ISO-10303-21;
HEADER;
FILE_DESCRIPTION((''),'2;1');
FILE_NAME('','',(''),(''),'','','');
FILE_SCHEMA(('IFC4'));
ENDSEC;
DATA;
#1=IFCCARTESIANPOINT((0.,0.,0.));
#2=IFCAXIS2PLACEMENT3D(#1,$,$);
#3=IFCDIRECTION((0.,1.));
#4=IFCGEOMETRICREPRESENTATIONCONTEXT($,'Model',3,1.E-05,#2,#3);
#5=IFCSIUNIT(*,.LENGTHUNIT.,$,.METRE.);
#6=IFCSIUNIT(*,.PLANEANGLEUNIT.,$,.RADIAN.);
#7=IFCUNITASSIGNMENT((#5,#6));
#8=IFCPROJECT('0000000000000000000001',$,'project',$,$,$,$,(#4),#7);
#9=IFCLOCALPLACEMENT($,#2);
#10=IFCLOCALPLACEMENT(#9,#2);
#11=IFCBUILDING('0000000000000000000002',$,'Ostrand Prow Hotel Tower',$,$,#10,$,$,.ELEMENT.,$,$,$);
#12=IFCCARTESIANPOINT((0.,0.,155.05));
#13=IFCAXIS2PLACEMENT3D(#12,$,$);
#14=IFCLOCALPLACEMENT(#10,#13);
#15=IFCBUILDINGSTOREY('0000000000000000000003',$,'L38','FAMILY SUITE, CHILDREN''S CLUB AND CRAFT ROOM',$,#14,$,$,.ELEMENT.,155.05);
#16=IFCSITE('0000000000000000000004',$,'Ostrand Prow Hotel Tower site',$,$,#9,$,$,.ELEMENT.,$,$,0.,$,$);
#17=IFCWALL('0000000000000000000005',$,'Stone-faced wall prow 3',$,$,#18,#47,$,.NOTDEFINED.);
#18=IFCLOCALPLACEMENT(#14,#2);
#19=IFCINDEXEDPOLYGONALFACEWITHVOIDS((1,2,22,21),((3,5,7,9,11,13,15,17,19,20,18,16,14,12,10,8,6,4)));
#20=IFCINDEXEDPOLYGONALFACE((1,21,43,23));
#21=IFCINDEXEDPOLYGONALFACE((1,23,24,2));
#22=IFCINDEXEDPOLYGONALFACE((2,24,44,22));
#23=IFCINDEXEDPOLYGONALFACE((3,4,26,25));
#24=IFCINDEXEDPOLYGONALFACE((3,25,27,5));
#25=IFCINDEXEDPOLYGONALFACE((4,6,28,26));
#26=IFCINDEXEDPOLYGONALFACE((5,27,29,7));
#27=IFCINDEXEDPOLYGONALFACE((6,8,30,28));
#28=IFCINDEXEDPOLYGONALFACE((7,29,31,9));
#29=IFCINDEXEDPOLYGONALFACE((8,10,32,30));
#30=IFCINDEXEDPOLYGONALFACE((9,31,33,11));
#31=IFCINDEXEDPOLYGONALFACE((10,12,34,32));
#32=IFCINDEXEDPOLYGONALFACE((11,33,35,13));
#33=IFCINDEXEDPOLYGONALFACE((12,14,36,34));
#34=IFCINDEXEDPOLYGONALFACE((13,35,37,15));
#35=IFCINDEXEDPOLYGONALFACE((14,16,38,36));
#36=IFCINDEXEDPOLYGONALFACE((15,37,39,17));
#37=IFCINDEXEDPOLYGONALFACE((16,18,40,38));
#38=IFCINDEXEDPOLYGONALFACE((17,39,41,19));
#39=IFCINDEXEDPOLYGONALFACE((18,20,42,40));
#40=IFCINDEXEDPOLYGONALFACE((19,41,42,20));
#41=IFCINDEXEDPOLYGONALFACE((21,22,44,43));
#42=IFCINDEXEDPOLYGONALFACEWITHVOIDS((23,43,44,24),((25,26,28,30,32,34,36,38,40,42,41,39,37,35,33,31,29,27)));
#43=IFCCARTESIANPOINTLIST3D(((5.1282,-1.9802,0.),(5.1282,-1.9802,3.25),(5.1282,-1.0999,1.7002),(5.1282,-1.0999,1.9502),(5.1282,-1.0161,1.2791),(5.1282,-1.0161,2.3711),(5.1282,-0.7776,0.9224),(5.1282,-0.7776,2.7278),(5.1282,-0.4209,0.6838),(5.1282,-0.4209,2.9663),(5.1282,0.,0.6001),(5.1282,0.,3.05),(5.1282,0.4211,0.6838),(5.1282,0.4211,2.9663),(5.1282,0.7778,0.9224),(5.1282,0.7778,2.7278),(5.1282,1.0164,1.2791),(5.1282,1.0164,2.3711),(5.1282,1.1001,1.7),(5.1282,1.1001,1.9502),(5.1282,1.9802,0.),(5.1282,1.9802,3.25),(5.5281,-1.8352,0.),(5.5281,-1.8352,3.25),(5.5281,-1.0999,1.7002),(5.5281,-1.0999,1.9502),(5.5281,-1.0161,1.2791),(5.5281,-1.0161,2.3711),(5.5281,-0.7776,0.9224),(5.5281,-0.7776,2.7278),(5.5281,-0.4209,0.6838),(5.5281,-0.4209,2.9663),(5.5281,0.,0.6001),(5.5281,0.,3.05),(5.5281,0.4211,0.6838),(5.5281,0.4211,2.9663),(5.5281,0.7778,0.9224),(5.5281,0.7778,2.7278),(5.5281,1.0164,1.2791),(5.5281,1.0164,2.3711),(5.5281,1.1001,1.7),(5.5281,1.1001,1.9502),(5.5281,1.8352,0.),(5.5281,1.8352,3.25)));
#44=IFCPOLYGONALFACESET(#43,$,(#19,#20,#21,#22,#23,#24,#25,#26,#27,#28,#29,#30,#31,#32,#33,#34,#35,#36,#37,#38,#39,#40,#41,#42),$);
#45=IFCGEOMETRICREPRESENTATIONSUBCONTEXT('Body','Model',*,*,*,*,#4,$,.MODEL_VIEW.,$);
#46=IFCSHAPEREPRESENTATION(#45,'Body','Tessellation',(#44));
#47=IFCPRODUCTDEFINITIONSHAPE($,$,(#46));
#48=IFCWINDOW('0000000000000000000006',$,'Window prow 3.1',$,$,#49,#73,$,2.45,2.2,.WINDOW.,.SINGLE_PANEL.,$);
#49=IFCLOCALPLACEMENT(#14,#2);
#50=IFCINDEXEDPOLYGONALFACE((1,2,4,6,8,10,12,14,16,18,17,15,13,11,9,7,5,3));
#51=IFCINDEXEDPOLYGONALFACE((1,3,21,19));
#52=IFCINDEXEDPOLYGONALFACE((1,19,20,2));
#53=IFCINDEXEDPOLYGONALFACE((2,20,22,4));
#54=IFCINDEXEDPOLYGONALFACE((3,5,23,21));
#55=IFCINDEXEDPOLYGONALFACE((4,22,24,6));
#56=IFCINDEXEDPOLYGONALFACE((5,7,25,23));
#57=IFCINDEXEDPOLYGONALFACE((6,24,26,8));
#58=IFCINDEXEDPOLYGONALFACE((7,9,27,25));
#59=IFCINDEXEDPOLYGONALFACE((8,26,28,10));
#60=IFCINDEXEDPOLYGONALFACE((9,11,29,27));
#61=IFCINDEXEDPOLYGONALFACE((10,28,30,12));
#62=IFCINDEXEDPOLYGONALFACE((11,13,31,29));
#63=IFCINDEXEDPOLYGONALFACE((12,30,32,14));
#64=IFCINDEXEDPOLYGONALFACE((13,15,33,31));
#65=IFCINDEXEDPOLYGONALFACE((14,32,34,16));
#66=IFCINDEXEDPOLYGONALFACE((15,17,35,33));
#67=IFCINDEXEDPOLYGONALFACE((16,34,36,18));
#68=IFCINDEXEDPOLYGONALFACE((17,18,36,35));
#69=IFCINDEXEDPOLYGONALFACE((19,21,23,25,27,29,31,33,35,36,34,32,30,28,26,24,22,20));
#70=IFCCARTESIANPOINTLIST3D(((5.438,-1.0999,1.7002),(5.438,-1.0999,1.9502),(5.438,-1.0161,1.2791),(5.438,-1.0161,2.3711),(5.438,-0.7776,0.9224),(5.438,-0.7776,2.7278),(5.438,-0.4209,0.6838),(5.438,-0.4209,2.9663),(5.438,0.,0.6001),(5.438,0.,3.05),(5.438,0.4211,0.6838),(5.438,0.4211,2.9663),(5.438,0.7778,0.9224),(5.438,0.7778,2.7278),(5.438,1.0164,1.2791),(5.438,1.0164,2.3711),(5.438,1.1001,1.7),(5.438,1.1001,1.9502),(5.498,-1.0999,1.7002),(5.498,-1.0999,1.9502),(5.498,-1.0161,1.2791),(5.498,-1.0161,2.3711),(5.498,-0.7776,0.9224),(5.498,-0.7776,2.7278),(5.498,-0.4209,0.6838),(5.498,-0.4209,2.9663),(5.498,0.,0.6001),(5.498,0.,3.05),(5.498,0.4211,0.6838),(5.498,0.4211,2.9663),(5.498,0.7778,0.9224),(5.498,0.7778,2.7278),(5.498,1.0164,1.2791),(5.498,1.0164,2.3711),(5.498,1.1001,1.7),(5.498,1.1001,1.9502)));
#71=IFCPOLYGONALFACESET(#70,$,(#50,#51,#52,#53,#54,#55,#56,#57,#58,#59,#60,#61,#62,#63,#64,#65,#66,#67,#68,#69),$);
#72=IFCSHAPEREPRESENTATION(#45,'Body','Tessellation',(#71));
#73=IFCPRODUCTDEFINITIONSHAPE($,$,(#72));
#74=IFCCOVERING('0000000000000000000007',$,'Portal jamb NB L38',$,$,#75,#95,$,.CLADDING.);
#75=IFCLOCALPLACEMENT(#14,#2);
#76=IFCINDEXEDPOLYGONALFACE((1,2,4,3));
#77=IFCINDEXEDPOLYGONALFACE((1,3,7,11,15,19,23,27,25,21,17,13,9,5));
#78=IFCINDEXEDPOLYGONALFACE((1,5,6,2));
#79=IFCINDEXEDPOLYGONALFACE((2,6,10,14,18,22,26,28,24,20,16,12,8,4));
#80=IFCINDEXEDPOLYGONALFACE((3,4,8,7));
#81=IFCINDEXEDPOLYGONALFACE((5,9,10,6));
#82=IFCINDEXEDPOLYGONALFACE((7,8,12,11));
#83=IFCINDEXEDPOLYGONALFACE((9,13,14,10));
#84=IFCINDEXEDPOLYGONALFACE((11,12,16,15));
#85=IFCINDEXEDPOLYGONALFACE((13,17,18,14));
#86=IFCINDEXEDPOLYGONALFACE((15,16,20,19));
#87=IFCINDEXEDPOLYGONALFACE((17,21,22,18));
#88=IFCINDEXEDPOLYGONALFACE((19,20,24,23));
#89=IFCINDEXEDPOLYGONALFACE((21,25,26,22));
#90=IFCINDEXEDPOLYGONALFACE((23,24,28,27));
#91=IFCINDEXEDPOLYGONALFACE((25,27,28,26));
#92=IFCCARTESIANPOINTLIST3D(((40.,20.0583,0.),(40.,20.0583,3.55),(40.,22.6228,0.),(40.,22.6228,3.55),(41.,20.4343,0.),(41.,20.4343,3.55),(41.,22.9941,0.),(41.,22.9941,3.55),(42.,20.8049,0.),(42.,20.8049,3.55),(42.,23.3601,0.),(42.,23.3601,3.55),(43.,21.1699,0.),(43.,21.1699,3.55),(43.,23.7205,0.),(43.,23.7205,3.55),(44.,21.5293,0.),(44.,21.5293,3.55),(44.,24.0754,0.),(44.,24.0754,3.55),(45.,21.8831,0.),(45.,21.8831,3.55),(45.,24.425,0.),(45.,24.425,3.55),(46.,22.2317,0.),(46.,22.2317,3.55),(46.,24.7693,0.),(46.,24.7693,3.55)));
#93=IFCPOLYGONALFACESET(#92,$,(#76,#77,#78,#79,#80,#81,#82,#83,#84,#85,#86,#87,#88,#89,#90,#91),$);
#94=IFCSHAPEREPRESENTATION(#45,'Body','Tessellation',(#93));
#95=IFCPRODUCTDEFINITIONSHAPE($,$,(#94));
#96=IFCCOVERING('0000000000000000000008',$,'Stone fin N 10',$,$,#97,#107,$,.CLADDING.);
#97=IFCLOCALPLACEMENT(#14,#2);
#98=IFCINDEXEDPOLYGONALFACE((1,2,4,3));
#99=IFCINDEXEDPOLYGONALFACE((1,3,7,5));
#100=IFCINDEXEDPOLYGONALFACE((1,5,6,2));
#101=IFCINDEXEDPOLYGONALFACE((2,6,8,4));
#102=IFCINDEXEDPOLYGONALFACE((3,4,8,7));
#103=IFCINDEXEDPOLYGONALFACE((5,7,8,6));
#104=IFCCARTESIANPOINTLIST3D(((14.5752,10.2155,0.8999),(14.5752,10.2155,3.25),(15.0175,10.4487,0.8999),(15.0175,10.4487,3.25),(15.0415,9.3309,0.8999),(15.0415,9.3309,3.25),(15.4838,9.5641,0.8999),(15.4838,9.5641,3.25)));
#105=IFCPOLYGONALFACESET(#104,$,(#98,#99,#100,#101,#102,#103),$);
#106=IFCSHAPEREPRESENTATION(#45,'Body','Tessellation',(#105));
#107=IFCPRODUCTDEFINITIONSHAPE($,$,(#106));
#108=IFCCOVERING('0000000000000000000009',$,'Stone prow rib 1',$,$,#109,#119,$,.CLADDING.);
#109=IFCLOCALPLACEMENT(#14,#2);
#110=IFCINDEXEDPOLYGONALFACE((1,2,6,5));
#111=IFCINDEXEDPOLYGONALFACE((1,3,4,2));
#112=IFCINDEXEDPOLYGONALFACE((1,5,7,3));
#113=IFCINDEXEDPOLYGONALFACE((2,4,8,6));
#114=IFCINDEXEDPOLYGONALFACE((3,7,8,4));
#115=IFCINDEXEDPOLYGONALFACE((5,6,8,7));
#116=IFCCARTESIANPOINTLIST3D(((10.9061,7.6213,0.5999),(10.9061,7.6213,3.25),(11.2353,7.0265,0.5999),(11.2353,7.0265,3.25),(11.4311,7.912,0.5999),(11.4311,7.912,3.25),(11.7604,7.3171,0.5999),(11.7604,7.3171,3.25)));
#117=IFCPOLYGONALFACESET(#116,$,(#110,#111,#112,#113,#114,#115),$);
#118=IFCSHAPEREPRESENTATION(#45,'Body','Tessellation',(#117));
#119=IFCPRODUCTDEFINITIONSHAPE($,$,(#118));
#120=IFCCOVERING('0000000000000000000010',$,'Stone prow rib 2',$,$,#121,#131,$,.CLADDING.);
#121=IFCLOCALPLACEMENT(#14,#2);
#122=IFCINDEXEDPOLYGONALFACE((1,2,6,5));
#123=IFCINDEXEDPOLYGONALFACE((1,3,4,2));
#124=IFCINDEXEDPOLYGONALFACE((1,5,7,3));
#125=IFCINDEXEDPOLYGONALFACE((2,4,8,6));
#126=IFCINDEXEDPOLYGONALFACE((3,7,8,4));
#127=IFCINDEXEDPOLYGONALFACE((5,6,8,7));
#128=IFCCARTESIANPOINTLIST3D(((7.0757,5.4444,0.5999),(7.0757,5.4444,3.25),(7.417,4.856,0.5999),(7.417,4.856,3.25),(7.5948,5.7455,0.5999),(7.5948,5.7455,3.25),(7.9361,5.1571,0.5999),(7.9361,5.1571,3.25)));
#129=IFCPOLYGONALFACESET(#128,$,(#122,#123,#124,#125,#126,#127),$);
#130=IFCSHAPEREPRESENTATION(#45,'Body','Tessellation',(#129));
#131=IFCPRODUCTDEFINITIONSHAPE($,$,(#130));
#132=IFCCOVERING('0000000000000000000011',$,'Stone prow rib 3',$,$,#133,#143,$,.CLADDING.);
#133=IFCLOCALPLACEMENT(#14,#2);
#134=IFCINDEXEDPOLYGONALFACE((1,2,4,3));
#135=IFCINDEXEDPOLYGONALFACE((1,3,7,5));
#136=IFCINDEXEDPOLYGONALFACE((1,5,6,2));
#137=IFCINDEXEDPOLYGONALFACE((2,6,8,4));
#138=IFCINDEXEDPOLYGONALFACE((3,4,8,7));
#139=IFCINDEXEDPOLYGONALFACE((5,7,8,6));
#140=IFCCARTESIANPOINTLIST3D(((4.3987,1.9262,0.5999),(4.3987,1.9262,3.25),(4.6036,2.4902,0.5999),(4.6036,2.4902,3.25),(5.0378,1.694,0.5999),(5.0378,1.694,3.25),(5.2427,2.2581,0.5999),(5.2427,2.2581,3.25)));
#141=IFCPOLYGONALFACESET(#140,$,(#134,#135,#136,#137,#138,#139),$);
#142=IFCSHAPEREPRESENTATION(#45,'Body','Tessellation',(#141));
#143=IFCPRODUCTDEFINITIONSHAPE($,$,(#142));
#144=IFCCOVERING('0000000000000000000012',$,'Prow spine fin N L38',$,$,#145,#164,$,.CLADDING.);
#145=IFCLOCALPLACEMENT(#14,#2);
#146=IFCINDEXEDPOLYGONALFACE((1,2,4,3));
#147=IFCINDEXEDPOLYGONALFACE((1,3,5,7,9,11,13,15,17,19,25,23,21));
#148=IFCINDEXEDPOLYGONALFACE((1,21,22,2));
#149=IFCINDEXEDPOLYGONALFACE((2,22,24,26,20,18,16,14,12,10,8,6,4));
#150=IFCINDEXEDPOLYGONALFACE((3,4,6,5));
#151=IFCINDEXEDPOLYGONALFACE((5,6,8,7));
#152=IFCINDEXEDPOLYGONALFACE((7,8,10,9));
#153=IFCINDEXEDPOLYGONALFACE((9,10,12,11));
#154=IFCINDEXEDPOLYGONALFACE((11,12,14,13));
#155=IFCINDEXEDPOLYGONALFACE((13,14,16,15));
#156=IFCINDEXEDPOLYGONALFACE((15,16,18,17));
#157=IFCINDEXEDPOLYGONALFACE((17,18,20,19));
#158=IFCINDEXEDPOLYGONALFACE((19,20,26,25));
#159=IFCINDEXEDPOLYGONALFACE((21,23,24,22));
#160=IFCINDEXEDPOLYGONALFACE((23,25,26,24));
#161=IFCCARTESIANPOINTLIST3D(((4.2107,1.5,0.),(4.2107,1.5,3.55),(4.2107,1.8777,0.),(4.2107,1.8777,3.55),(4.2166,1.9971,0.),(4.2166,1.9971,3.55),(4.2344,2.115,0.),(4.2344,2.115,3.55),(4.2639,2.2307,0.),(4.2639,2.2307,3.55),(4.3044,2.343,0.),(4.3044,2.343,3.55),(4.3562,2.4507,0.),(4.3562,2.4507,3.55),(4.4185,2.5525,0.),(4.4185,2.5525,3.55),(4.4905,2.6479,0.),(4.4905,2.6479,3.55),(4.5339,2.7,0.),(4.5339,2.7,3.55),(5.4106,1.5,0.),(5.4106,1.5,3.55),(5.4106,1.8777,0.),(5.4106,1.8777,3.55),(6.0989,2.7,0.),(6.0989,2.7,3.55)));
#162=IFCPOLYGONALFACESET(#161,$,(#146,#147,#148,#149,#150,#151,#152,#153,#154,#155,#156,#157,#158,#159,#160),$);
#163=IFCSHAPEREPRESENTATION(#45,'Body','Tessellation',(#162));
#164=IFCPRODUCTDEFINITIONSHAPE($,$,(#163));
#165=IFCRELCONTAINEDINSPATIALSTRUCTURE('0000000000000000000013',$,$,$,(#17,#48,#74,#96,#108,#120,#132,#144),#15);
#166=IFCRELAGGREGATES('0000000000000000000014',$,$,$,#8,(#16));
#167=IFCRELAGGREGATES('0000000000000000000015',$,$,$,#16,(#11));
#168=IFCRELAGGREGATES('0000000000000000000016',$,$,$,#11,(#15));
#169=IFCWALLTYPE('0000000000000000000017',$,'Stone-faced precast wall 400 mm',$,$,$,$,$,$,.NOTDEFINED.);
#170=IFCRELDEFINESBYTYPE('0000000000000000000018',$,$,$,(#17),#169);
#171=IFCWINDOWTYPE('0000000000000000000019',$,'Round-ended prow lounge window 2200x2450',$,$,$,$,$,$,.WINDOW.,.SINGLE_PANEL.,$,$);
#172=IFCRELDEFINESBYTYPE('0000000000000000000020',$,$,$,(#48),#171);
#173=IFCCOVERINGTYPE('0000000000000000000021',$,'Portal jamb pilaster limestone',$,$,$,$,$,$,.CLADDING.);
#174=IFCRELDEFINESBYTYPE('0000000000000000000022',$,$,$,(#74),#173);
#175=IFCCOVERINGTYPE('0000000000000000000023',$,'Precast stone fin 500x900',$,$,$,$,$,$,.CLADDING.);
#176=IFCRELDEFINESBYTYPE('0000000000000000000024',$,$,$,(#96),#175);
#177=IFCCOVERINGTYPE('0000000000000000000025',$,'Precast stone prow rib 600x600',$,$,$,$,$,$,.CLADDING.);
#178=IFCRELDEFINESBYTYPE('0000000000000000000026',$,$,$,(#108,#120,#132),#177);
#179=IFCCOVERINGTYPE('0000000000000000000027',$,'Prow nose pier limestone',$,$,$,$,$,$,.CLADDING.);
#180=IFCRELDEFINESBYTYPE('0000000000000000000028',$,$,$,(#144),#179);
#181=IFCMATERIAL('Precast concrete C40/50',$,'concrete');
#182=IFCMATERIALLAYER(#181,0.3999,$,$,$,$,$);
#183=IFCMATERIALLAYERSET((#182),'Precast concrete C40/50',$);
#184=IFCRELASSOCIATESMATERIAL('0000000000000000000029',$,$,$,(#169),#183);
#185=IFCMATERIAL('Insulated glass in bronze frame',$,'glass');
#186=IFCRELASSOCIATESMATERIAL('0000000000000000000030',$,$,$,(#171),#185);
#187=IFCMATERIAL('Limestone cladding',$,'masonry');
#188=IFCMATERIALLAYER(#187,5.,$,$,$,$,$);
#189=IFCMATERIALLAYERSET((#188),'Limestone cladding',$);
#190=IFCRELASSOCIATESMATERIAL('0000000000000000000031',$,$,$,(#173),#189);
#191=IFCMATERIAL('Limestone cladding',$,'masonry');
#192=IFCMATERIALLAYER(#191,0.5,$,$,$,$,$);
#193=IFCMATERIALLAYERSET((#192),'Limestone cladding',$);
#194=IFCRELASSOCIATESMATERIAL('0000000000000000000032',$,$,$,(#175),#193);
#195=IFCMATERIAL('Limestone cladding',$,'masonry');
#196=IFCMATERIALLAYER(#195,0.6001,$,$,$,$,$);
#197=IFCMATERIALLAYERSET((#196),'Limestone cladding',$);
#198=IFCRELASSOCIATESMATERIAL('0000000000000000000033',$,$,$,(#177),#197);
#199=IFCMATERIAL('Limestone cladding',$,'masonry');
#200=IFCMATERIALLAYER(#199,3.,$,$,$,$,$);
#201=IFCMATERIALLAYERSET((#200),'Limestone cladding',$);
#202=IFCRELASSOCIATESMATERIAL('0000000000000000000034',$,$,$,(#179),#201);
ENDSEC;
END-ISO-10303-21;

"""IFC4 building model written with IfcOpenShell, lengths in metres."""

from ifc_helpers import new_model, si_unit, direction, frame, frame_2d, origin, place, context, subcontext, project, spatial, polyline, rectangle, outline, extrude, material, layer, layer_set, type_object, element, fill, save


model = new_model("IFC4")

# Units and contexts
model_context = context("Model", 3, precision=1e-05, world=origin(), true_north=direction((0.0, 1.0)))
body_context = subcontext(model_context, "Body", "Model", "MODEL_VIEW")
ifc_project = project(units=[si_unit("LENGTHUNIT", "METRE"), si_unit("PLANEANGLEUNIT", "RADIAN")], contexts=[model_context])

# Site, building, storey
site_placement = place(None, origin())
site = spatial("IfcSite", under=ifc_project, at=site_placement, Name="Ostrand Prow Hotel Tower site", CompositionType="ELEMENT", RefElevation=0.0)
building_placement = place(site_placement, origin())
building = spatial("IfcBuilding", under=site, at=building_placement, Name="Ostrand Prow Hotel Tower", CompositionType="ELEMENT")
storey_placement = place(building_placement, frame((0.0, 0.0, 155.05)))
storey = spatial("IfcBuildingStorey", under=building, at=storey_placement, Name="L38", Description="FAMILY SUITE, CHILDREN'S CLUB AND CRAFT ROOM", CompositionType="ELEMENT", Elevation=155.05)

# Wall, opening, window
ifc_material_1 = material(Name="Precast concrete C40/50", Category="concrete")
ifc_layer_1 = layer(ifc_material_1, 0.3999)
ifc_layer_set_1 = layer_set([ifc_layer_1], Name="Precast concrete C40/50")
wall_type_1 = type_object("IfcWallType", Name="Stone-faced precast wall 400 mm", PredefinedType="NOTDEFINED", material=ifc_layer_set_1)
ifc_material_2 = material(Name="Insulated glass in bronze frame", Category="glass")
window_type = type_object("IfcWindowType", Name="Round-ended prow lounge window 2200x2450", PartitioningType="SINGLE_PANEL", PredefinedType="WINDOW", material=ifc_material_2)
wall_1_placement = place(storey_placement, frame((5.3281, 1.9077, 0.0), z_axis=(0.0, 0.0, 1.0), x_axis=(0.0, -1.0, 0.0)))
wall_1 = element("IfcWall", 1, at=wall_1_placement, inside=storey, type_object=wall_type_1, Name="Stone-faced wall prow 3", PredefinedType="NOTDEFINED", context=body_context, shape_type="SweptSolid", body=[
    extrude(outline(polyline([(-0.0725, -0.2), (3.8879, -0.2), (3.7429, 0.2), (0.0725, 0.2), (-0.0725, -0.2)])), origin(), (0.0, 0.0, 1.0), 3.25),
])
opening_1_placement = place(wall_1_placement, frame((0.8076, 0.0, 0.6001)))
opening_1 = element("IfcOpeningElement", 2, at=opening_1_placement, cuts=wall_1, PredefinedType="OPENING", context=body_context, shape_type="SweptSolid", body=[
    extrude(outline(polyline([(0.0, 1.3501), (0.0837, 1.771), (0.3223, 2.1277), (0.679, 2.3662), (1.1001, 2.45), (1.521, 2.3662), (1.8777, 2.1277), (2.1162, 1.771), (2.2, 1.3501), (2.2, 1.1001), (2.1162, 0.679), (1.8777, 0.3223), (1.521, 0.0837), (1.1001, 0.0), (0.679, 0.0837), (0.3223, 0.3223), (0.0837, 0.679), (0.0, 1.0999), (0.0, 1.3501)])), frame((0.0, 0.21, 0.0), z_axis=(0.0, -1.0, 0.0), x_axis=(1.0, 0.0, 0.0)), (0.0, 0.0, 1.0), 0.4199),
])
window_1_placement = place(opening_1_placement, origin())
window_1 = element("IfcWindow", 3, at=window_1_placement, inside=storey, type_object=window_type, Name="Window prow 3.1", OverallHeight=2.45, OverallWidth=2.2, PartitioningType="SINGLE_PANEL", PredefinedType="WINDOW", context=body_context, shape_type="SweptSolid", body=[
    extrude(outline(polyline([(0.0, 1.3501), (0.0837, 1.771), (0.3223, 2.1277), (0.679, 2.3662), (1.1001, 2.45), (1.521, 2.3662), (1.8777, 2.1277), (2.1162, 1.771), (2.2, 1.3501), (2.2, 1.1001), (2.1162, 0.679), (1.8777, 0.3223), (1.521, 0.0837), (1.1001, 0.0), (0.679, 0.0837), (0.3223, 0.3223), (0.0837, 0.679), (0.0, 1.0999), (0.0, 1.3501)])), frame((0.0, 0.1699, 0.0), z_axis=(0.0, -1.0, 0.0), x_axis=(1.0, 0.0, 0.0)), (0.0, 0.0, 1.0), 0.0601),
])
fill(opening_1, window_1)

# Coverings
ifc_material_3 = material(Name="Limestone cladding", Category="masonry")
ifc_layer_2 = layer(ifc_material_3, 5.0)
ifc_layer_set_2 = layer_set([ifc_layer_2], Name="Limestone cladding")
covering_type_1 = type_object("IfcCoveringType", Name="Portal jamb pilaster limestone", PredefinedType="CLADDING", material=ifc_layer_set_2)
covering_1_placement = place(storey_placement, origin())
element("IfcCovering", 4, at=covering_1_placement, inside=storey, type_object=covering_type_1, Name="Portal jamb NB L38", PredefinedType="CLADDING", context=body_context, shape_type="SweptSolid", body=[
    extrude(outline(polyline([(40.0, 20.0583), (41.0, 20.4343), (42.0, 20.8049), (43.0, 21.1699), (44.0, 21.5293), (45.0, 21.8831), (46.0, 22.2317), (46.0, 24.7693), (45.0, 24.425), (44.0, 24.0754), (43.0, 23.7205), (42.0, 23.3601), (41.0, 22.9941), (40.0, 22.6228), (40.0, 20.0583)])), origin(), (0.0, 0.0, 1.0), 3.55),
])
ifc_material_4 = material(Name="Limestone cladding", Category="masonry")
ifc_layer_3 = layer(ifc_material_4, 0.5)
ifc_layer_set_3 = layer_set([ifc_layer_3], Name="Limestone cladding")
covering_type_2 = type_object("IfcCoveringType", Name="Precast stone fin 500x900", PredefinedType="CLADDING", material=ifc_layer_set_3)
covering_2_placement = place(storey_placement, frame((15.2627, 9.4475, 0.8999), z_axis=(0.0, 0.0, 1.0), x_axis=(-0.46635, 0.8846, 0.0)))
element("IfcCovering", 5, at=covering_2_placement, inside=storey, type_object=covering_type_2, Name="Stone fin N 10", PredefinedType="CLADDING", context=body_context, shape_type="SweptSolid", body=[
    extrude(rectangle(XDim=1.0, YDim=0.5, at=frame_2d((0.5, 0.0))), origin(), (0.0, 0.0, 1.0), 2.3501),
])
ifc_material_5 = material(Name="Limestone cladding", Category="masonry")
ifc_layer_4 = layer(ifc_material_5, 0.6001)
ifc_layer_set_4 = layer_set([ifc_layer_4], Name="Limestone cladding")
covering_type_3 = type_object("IfcCoveringType", Name="Precast stone prow rib 600x600", PredefinedType="CLADDING", material=ifc_layer_set_4)
covering_3_placement = place(storey_placement, frame((11.4978, 7.1719, 0.5999), z_axis=(0.0, 0.0, 1.0), x_axis=(-0.484301, 0.874901, 0.0)))
element("IfcCovering", 6, at=covering_3_placement, inside=storey, type_object=covering_type_3, Name="Stone prow rib 1", PredefinedType="CLADDING", context=body_context, shape_type="SweptSolid", body=[
    extrude(rectangle(XDim=0.6799, YDim=0.6001, at=frame_2d((0.3398, 0.0))), origin(), (0.0, 0.0, 1.0), 2.6501),
])
covering_4_placement = place(storey_placement, frame((7.6765, 5.0066, 0.5999), z_axis=(0.0, 0.0, 1.0), x_axis=(-0.501772, 0.865, 0.0)))
element("IfcCovering", 7, at=covering_4_placement, inside=storey, type_object=covering_type_3, Name="Stone prow rib 2", PredefinedType="CLADDING", context=body_context, shape_type="SweptSolid", body=[
    extrude(rectangle(XDim=0.6802, YDim=0.6001, at=frame_2d((0.3401, 0.0))), origin(), (0.0, 0.0, 1.0), 2.6501),
])
covering_5_placement = place(storey_placement, frame((5.1401, 1.9761, 0.5999), z_axis=(0.0, 0.0, 1.0), x_axis=(-0.939909, 0.341426, 0.0)))
element("IfcCovering", 8, at=covering_5_placement, inside=storey, type_object=covering_type_3, Name="Stone prow rib 3", PredefinedType="CLADDING", context=body_context, shape_type="SweptSolid", body=[
    extrude(rectangle(XDim=0.6799, YDim=0.6001, at=frame_2d((0.3398, 0.0))), origin(), (0.0, 0.0, 1.0), 2.6501),
])
ifc_material_6 = material(Name="Limestone cladding", Category="masonry")
ifc_layer_5 = layer(ifc_material_6, 3.0)
ifc_layer_set_5 = layer_set([ifc_layer_5], Name="Limestone cladding")
covering_type_4 = type_object("IfcCoveringType", Name="Prow nose pier limestone", PredefinedType="CLADDING", material=ifc_layer_set_5)
covering_6_placement = place(storey_placement, origin())
element("IfcCovering", 9, at=covering_6_placement, inside=storey, type_object=covering_type_4, Name="Prow spine fin N L38", PredefinedType="CLADDING", context=body_context, shape_type="SweptSolid", body=[
    extrude(outline(polyline([(4.2107, 1.8777), (4.2107, 1.5), (5.4106, 1.5), (5.4106, 1.8777), (6.0989, 2.7), (4.5339, 2.7), (4.4905, 2.6479), (4.4185, 2.5525), (4.3562, 2.4507), (4.3044, 2.343), (4.2639, 2.2307), (4.2344, 2.115), (4.2166, 1.9971), (4.2107, 1.8777)])), origin(), (0.0, 0.0, 1.0), 3.55),
])

save(model, "model.ifc")
